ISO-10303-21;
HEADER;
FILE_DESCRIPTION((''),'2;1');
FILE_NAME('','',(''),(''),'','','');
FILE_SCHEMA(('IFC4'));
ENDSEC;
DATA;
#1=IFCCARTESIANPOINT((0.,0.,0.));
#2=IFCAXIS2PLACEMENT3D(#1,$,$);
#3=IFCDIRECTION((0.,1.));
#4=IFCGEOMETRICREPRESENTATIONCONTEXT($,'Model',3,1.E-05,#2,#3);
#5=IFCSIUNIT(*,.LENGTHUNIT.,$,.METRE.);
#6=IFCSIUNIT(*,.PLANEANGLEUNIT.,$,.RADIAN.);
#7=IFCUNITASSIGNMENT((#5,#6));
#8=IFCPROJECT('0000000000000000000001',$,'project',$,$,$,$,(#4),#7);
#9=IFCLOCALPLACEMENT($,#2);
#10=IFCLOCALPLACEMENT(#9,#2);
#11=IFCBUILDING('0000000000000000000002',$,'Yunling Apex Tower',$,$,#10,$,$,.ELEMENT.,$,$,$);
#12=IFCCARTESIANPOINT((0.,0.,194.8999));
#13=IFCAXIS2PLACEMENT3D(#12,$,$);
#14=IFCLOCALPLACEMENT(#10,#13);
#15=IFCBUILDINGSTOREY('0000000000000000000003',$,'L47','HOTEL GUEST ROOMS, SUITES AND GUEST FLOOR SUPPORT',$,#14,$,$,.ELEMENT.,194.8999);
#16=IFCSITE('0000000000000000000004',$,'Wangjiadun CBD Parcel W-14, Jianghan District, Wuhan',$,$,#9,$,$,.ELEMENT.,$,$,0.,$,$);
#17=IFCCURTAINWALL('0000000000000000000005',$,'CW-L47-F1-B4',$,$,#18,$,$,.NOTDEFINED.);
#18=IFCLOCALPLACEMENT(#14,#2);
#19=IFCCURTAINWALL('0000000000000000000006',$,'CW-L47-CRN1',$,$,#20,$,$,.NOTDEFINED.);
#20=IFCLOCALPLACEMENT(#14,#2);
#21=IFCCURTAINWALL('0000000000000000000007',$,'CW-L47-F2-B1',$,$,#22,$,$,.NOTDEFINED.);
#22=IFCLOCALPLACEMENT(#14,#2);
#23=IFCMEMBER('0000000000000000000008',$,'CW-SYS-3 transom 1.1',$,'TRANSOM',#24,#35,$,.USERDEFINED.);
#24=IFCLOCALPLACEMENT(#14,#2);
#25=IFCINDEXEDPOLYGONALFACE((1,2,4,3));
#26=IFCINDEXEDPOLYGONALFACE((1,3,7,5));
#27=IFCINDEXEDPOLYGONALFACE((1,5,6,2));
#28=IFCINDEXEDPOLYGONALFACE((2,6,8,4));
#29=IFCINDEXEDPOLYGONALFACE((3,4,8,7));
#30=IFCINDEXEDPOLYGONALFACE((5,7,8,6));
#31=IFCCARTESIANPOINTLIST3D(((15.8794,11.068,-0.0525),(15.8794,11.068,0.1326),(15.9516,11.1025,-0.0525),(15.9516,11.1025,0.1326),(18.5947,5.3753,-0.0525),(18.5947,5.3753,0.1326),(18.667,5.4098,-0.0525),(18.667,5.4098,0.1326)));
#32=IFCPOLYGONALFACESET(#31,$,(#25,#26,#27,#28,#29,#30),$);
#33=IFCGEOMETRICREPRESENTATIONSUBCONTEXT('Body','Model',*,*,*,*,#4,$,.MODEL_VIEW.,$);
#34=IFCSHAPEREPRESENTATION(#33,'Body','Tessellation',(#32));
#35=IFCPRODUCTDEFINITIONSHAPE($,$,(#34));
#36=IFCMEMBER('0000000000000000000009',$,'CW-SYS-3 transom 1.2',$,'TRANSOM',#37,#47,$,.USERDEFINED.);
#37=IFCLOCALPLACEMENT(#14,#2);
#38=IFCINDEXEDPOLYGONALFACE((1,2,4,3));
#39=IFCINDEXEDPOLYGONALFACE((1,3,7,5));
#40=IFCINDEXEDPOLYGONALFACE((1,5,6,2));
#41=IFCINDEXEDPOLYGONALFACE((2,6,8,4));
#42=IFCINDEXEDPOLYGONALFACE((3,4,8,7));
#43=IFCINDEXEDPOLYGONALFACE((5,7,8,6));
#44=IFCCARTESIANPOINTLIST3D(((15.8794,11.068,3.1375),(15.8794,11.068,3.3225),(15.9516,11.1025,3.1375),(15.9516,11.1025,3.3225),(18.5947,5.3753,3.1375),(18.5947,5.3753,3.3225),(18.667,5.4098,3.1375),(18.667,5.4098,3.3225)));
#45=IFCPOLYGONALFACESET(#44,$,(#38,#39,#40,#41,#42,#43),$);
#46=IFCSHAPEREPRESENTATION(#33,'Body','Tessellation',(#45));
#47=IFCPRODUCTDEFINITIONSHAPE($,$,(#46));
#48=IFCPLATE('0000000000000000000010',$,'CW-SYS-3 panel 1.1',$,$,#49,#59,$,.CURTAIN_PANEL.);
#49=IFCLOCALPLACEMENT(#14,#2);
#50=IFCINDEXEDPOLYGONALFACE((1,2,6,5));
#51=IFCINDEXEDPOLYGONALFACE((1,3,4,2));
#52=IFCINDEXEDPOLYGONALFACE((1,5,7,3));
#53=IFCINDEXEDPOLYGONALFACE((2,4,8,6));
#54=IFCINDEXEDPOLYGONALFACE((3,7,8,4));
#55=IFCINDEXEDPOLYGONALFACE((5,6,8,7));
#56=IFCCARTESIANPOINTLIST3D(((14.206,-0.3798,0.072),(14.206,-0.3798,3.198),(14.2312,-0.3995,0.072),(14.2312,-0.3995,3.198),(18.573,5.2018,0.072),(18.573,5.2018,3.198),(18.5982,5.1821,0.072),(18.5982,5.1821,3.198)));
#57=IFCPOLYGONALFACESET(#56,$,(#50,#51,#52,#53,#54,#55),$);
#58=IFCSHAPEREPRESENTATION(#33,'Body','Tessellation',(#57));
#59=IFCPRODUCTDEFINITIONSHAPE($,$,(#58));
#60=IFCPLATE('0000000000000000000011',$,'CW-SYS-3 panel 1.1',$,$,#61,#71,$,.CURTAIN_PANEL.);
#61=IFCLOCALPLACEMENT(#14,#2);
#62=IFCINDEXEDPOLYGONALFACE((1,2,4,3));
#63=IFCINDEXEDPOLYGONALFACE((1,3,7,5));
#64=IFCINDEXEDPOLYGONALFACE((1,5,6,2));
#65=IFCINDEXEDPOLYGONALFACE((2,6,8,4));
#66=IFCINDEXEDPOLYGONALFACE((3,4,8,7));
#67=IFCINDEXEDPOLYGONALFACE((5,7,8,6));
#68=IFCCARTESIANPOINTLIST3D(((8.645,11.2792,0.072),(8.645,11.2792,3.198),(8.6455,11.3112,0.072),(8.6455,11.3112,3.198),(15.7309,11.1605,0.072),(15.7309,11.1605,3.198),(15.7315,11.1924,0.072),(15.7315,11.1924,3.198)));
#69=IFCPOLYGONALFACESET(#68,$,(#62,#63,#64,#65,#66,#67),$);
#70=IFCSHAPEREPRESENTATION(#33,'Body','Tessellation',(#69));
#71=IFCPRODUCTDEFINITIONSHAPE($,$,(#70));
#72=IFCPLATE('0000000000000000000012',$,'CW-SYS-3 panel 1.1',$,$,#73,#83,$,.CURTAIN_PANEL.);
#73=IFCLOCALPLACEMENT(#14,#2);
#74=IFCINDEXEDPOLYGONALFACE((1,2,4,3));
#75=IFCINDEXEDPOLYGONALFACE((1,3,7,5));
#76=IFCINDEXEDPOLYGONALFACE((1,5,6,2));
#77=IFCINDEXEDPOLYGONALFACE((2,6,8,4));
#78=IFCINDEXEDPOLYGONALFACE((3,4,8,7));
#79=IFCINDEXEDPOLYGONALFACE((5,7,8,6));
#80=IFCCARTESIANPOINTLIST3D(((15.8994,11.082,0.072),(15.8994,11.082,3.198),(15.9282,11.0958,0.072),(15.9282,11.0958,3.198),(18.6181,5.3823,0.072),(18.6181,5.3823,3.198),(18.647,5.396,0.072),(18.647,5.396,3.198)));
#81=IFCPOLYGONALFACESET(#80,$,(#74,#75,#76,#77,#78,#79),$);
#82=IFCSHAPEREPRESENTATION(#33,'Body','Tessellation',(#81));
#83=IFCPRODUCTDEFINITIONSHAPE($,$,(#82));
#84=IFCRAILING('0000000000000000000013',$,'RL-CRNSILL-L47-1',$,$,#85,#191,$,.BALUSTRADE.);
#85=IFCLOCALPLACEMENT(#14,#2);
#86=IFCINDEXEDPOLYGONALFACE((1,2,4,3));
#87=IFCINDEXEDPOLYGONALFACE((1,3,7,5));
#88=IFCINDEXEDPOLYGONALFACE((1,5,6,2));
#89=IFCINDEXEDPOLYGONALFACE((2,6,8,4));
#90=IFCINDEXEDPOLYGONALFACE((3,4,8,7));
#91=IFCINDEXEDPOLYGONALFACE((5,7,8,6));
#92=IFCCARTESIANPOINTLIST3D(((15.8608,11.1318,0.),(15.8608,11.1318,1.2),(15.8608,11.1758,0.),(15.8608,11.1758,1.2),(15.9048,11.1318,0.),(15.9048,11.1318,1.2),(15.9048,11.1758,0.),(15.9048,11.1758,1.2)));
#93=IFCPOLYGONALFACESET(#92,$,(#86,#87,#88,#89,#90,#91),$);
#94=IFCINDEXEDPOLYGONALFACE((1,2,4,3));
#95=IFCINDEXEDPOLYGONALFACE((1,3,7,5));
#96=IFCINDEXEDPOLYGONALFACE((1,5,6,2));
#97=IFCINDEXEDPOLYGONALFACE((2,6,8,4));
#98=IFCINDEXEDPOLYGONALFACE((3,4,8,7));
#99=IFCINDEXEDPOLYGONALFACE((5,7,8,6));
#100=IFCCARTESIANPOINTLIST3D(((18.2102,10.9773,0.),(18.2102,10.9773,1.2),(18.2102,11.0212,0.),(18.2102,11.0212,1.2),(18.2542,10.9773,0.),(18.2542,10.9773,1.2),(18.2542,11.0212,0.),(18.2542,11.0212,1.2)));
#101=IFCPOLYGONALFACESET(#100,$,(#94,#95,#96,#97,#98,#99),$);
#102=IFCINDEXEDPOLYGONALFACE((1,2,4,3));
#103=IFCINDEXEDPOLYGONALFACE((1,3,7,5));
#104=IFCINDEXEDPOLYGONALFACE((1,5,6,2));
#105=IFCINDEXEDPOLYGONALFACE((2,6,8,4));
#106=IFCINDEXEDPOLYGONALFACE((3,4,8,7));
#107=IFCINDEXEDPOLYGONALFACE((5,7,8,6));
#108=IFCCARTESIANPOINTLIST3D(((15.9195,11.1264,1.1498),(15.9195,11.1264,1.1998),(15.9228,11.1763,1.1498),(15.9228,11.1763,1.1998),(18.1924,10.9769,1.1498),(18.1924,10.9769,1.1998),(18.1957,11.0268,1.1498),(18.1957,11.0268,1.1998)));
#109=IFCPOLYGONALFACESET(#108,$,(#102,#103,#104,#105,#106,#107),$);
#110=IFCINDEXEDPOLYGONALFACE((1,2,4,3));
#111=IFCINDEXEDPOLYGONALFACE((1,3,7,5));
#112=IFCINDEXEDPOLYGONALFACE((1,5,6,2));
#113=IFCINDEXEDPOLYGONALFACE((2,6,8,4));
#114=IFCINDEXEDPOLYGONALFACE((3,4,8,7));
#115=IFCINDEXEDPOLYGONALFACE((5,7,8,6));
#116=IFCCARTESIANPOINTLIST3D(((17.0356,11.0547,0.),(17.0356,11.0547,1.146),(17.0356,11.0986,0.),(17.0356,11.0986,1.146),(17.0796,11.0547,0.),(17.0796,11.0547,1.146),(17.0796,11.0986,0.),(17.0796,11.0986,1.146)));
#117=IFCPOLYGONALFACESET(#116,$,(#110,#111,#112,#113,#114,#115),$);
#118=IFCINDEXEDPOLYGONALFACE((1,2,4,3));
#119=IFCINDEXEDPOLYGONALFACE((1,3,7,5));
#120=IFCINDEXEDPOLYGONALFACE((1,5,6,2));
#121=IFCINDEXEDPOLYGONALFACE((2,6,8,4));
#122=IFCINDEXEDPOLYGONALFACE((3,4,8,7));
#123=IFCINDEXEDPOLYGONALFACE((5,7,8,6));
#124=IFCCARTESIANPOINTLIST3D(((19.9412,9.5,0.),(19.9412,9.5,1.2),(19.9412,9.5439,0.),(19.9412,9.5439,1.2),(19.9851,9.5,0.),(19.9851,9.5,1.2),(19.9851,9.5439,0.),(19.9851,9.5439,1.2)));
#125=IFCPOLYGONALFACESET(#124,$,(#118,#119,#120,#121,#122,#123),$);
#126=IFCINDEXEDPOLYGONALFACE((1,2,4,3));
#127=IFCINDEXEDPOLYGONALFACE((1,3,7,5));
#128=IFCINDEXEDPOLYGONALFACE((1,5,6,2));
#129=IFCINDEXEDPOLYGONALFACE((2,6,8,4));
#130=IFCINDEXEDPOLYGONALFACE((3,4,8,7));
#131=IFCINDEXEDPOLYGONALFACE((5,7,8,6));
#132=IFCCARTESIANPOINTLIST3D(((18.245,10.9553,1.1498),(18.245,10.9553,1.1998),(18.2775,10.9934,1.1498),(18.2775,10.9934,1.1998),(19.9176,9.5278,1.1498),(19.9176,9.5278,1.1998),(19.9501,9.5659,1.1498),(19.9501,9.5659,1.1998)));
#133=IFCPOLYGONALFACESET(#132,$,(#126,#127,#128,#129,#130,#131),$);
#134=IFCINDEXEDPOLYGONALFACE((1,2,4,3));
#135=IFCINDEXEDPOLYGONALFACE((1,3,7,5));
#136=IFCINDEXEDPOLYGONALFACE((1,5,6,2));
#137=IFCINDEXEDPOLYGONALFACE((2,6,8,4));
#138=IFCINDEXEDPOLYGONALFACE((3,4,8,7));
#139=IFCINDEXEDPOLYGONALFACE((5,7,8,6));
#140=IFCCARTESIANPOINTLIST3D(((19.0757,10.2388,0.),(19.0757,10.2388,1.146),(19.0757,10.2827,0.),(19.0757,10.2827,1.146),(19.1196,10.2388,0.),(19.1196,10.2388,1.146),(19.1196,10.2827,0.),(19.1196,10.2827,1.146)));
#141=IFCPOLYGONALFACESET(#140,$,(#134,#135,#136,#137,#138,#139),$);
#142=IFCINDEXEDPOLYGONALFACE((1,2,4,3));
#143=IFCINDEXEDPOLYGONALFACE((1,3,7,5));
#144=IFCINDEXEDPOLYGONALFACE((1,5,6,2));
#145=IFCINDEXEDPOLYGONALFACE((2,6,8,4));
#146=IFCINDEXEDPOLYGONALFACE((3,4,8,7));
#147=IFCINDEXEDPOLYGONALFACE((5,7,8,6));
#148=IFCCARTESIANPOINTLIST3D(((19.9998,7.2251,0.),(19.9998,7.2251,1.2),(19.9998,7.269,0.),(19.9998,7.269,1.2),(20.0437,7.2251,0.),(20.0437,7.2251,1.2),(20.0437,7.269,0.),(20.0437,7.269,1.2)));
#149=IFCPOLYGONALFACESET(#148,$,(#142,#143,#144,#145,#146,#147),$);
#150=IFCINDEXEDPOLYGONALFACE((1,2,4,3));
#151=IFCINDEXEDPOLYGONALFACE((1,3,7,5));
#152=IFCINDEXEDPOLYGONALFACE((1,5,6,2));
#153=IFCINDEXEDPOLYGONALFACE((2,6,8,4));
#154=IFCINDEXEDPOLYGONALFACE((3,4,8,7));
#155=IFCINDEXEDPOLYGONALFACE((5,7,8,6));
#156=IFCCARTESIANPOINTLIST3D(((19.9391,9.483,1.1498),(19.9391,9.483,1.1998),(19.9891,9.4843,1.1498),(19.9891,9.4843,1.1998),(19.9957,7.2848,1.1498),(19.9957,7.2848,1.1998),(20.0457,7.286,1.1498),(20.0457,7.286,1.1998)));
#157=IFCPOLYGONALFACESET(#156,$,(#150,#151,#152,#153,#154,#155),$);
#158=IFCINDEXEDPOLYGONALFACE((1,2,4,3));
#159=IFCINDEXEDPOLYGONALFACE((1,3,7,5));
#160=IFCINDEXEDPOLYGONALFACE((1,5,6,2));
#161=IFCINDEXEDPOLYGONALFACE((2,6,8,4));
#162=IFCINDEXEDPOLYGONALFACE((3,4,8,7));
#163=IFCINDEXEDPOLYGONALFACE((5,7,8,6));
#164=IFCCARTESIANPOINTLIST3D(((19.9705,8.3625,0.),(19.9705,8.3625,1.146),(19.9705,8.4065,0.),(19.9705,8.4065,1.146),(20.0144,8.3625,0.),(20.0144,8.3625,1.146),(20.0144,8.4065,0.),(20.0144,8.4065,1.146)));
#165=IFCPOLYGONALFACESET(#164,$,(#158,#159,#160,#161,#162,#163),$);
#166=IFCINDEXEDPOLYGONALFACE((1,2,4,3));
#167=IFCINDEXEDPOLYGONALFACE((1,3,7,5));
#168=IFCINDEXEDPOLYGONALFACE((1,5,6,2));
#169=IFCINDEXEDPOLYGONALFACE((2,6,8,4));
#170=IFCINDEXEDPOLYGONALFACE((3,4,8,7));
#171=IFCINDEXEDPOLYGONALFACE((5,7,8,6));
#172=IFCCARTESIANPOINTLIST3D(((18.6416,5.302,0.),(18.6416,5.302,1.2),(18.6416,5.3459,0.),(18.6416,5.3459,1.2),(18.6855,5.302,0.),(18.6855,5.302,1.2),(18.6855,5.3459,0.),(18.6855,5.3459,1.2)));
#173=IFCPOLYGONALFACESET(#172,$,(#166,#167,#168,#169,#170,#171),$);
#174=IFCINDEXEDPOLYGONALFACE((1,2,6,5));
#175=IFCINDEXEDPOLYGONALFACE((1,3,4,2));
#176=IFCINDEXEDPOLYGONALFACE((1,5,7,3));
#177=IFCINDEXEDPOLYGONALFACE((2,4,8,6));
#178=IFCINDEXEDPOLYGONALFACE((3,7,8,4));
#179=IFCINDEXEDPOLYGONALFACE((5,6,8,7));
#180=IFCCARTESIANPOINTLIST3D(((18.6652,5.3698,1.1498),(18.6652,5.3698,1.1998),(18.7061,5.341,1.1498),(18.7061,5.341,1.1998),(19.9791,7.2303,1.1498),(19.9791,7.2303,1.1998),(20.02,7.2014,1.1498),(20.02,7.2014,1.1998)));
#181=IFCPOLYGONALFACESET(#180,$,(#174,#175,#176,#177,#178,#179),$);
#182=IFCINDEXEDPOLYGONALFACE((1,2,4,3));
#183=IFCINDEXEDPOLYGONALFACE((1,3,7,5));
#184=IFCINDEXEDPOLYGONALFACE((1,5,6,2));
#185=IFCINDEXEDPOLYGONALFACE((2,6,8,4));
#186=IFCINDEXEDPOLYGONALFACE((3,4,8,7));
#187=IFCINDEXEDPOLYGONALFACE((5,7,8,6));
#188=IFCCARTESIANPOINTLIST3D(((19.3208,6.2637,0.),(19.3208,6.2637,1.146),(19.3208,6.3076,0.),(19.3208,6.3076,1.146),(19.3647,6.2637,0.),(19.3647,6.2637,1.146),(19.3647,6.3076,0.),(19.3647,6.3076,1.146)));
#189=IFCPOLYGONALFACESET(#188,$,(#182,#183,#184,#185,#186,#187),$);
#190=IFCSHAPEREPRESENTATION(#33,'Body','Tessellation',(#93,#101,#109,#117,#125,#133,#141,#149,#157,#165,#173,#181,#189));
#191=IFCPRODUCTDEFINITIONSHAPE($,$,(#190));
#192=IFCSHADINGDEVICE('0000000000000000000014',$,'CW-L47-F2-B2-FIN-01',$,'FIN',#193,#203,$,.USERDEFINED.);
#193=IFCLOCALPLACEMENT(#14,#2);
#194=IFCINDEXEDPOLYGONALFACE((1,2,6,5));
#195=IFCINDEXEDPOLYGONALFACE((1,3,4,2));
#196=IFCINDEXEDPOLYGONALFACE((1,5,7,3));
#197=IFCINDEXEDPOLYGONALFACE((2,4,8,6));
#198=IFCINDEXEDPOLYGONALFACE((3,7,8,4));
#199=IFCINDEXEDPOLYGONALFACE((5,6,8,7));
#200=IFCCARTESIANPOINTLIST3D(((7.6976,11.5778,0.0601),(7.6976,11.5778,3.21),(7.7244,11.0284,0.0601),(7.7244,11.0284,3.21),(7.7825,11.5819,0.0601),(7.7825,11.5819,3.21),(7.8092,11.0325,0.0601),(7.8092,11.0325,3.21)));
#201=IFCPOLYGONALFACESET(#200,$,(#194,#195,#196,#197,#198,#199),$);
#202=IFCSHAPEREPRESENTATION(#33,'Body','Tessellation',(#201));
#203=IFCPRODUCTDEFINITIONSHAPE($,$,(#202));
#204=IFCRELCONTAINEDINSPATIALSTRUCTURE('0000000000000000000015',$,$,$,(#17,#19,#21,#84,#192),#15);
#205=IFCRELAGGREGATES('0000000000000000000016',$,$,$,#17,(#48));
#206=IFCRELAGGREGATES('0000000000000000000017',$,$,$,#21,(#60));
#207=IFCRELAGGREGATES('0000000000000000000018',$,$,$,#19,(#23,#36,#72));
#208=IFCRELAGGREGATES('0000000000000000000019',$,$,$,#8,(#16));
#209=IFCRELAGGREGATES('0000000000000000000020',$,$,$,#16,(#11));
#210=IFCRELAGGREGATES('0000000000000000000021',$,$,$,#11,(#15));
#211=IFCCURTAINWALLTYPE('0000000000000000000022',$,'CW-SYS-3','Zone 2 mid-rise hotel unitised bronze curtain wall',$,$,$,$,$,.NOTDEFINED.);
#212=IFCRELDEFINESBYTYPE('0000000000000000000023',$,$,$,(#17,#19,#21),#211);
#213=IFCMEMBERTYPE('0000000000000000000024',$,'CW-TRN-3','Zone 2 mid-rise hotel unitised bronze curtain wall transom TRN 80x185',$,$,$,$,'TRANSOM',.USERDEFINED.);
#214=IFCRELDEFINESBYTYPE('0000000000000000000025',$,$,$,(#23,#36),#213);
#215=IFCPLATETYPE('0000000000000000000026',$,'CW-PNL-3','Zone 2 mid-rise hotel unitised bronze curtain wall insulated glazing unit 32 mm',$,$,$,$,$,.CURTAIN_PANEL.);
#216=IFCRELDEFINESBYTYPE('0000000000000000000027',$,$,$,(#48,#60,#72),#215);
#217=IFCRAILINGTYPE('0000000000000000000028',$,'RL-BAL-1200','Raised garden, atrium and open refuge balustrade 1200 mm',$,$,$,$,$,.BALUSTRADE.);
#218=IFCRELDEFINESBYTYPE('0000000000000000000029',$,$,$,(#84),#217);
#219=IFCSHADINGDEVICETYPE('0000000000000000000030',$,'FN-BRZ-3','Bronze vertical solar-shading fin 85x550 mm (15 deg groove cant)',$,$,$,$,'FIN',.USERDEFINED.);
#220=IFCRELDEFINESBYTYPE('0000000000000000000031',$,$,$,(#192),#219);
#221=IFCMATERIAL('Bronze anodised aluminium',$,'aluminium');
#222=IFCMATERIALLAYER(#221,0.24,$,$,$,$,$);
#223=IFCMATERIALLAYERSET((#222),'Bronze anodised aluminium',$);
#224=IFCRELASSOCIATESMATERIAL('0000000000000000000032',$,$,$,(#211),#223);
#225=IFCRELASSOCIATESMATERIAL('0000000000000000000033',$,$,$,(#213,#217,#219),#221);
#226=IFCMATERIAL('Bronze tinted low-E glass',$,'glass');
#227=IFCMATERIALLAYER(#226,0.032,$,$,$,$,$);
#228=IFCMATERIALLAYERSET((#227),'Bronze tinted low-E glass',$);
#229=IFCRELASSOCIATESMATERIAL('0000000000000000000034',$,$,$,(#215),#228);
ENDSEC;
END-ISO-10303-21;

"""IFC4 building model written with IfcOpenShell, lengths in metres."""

from ifc_helpers import new_model, si_unit, direction, frame, origin, origin_2d, place, context, subcontext, project, spatial, rectangle, extrude, source, transform, mapped, material, layer, layer_set, material_profile, profile_set, type_object, element, aggregate, save


model = new_model("IFC4")

# Units and contexts
model_context = context("Model", 3, precision=1e-05, world=origin(), true_north=direction((0.0, 1.0)))
body_context = subcontext(model_context, "Body", "Model", "MODEL_VIEW")
ifc_project = project(units=[si_unit("LENGTHUNIT", "METRE"), si_unit("PLANEANGLEUNIT", "RADIAN")], contexts=[model_context])

# Site, building, storey
site_placement = place(None, origin())
site = spatial("IfcSite", under=ifc_project, at=site_placement, Name="Wangjiadun CBD Parcel W-14, Jianghan District, Wuhan", CompositionType="ELEMENT", RefElevation=0.0)
building_placement = place(site_placement, origin())
building = spatial("IfcBuilding", under=site, at=building_placement, Name="Yunling Apex Tower", CompositionType="ELEMENT")
storey_placement = place(building_placement, frame((0.0, 0.0, 194.8999)))
storey = spatial("IfcBuildingStorey", under=building, at=storey_placement, Name="L47", Description="HOTEL GUEST ROOMS, SUITES AND GUEST FLOOR SUPPORT", CompositionType="ELEMENT", Elevation=194.8999)

# Shared definitions
ifc_material_1 = material(Name="Bronze anodised aluminium", Category="aluminium")
ifc_layer_1 = layer(ifc_material_1, 0.24)
ifc_layer_set_1 = layer_set([ifc_layer_1], Name="Bronze anodised aluminium")
curtain_wall_type = type_object("IfcCurtainWallType", Name="CW-SYS-3", Description="Zone 2 mid-rise hotel unitised bronze curtain wall", PredefinedType="NOTDEFINED", material=ifc_layer_set_1)

# Curtain walls
curtain_wall_1_placement = place(storey_placement, origin())
curtain_wall_1 = element("IfcCurtainWall", 1, at=curtain_wall_1_placement, inside=storey, type_object=curtain_wall_type, Name="CW-L47-F1-B4", PredefinedType="NOTDEFINED")
curtain_wall_2_placement = place(storey_placement, origin())
curtain_wall_2 = element("IfcCurtainWall", 2, at=curtain_wall_2_placement, inside=storey, type_object=curtain_wall_type, Name="CW-L47-CRN1", PredefinedType="NOTDEFINED")
curtain_wall_3_placement = place(storey_placement, origin())
curtain_wall_3 = element("IfcCurtainWall", 3, at=curtain_wall_3_placement, inside=storey, type_object=curtain_wall_type, Name="CW-L47-F2-B1", PredefinedType="NOTDEFINED")
ifc_material_profile_1 = material_profile(ifc_material_1, rectangle(XDim=0.0801, YDim=0.1851, at=origin_2d()))
ifc_profile_set_1 = profile_set([ifc_material_profile_1], Name="Bronze anodised aluminium")
member_type_1 = type_object("IfcMemberType", Name="CW-TRN-3", Description="Zone 2 mid-rise hotel unitised bronze curtain wall transom TRN 80x185", ElementType="TRANSOM", PredefinedType="USERDEFINED", material=ifc_profile_set_1)

# Members
shared_shape_1 = source(origin(), body_context, "Body", "SweptSolid", [
    extrude(rectangle(XDim=0.0801, YDim=0.1851, at=origin_2d()), origin(), (0.0, 0.0, 1.0), 6.3071),
])
member_1_placement = place(storey_placement, frame((18.6309, 5.3926, 0.04), z_axis=(-0.430522, 0.90258, 0.0), x_axis=(-0.90258, -0.430522, 0.0)))
member_1 = element("IfcMember", 4, at=member_1_placement, type_object=member_type_1, Name="CW-SYS-3 transom 1.1", ObjectType="TRANSOM", PredefinedType="USERDEFINED", context=body_context, shape_type="MappedRepresentation", body=[
    mapped(shared_shape_1, transform((0.0, 0.0, 0.0), scale=1.0)),
])
member_2_placement = place(storey_placement, frame((18.6309, 5.3926, 3.23), z_axis=(-0.430522, 0.90258, 0.0), x_axis=(-0.90258, -0.430522, 0.0)))
member_2 = element("IfcMember", 5, at=member_2_placement, type_object=member_type_1, Name="CW-SYS-3 transom 1.2", ObjectType="TRANSOM", PredefinedType="USERDEFINED", context=body_context, shape_type="MappedRepresentation", body=[
    mapped(shared_shape_1, transform((0.0, 0.0, 0.0), scale=1.0)),
])

# Plates
ifc_material_2 = material(Name="Bronze tinted low-E glass", Category="glass")
ifc_layer_2 = layer(ifc_material_2, 0.032)
ifc_layer_set_2 = layer_set([ifc_layer_2], Name="Bronze tinted low-E glass")
plate_type = type_object("IfcPlateType", Name="CW-PNL-3", Description="Zone 2 mid-rise hotel unitised bronze curtain wall insulated glazing unit 32 mm", PredefinedType="CURTAIN_PANEL", material=ifc_layer_set_2)
shared_shape_2 = source(origin(), body_context, "Body", "SweptSolid", [
    extrude(rectangle(XDim=7.0869, YDim=0.032, at=origin_2d()), origin(), (0.0, 0.0, 1.0), 3.126),
])
plate_1_placement = place(storey_placement, frame((16.4021, 2.4011, 0.072), z_axis=(0.0, 0.0, 1.0), x_axis=(0.6162, 0.787589, 0.0)))
plate_1 = element("IfcPlate", 6, at=plate_1_placement, type_object=plate_type, Name="CW-SYS-3 panel 1.1", PredefinedType="CURTAIN_PANEL", context=body_context, shape_type="MappedRepresentation", body=[
    mapped(shared_shape_2, transform((0.0, 0.0, 0.0), scale=1.0)),
])
aggregate(curtain_wall_1, [plate_1])
plate_2_placement = place(storey_placement, frame((12.1882, 11.2358, 0.072), z_axis=(0.0, 0.0, 1.0), x_axis=(-0.99986, 0.016761, 0.0)))
plate_2 = element("IfcPlate", 7, at=plate_2_placement, type_object=plate_type, Name="CW-SYS-3 panel 1.1", PredefinedType="CURTAIN_PANEL", context=body_context, shape_type="MappedRepresentation", body=[
    mapped(shared_shape_2, transform((0.0, 0.0, 0.0), scale=1.0)),
])
aggregate(curtain_wall_3, [plate_2])
shared_shape_3 = source(origin(), body_context, "Body", "SweptSolid", [
    extrude(rectangle(XDim=6.3149, YDim=0.032, at=origin_2d()), origin(), (0.0, 0.0, 1.0), 3.126),
])
plate_3_placement = place(storey_placement, frame((17.2732, 8.239, 0.072), z_axis=(0.0, 0.0, 1.0), x_axis=(-0.430527, 0.902578, 0.0)))
plate_3 = element("IfcPlate", 8, at=plate_3_placement, type_object=plate_type, Name="CW-SYS-3 panel 1.1", PredefinedType="CURTAIN_PANEL", context=body_context, shape_type="MappedRepresentation", body=[
    mapped(shared_shape_3, transform((0.0, 0.0, 0.0), scale=1.0)),
])
aggregate(curtain_wall_2, [member_1, member_2, plate_3])

# Railing
railing_type = type_object("IfcRailingType", Name="RL-BAL-1200", Description="Raised garden, atrium and open refuge balustrade 1200 mm", PredefinedType="BALUSTRADE", material=ifc_material_1)
railing_placement = place(storey_placement, frame((15.8828, 11.1538, 0.0)))
element("IfcRailing", 9, at=railing_placement, inside=storey, type_object=railing_type, Name="RL-CRNSILL-L47-1", PredefinedType="BALUSTRADE", context=body_context, shape_type="SweptSolid", body=[
    extrude(rectangle(XDim=0.0439, YDim=0.0439, at=origin_2d()), origin(), (0.0, 0.0, 1.0), 1.2),
    extrude(rectangle(XDim=0.0439, YDim=0.0439, at=origin_2d()), frame((2.3494, -0.1545, 0.0)), (0.0, 0.0, 1.0), 1.2),
    extrude(rectangle(XDim=0.05, YDim=0.05, at=origin_2d()), frame((0.0383, -0.0024, 1.1748), z_axis=(0.997843, -0.065638, 0.0), x_axis=(0.065638, 0.997843, 0.0)), (0.0, 0.0, 1.0), 2.2778),
    extrude(rectangle(XDim=0.0439, YDim=0.0439, at=origin_2d()), frame((1.1748, -0.0771, 0.0)), (0.0, 0.0, 1.0), 1.146),
    extrude(rectangle(XDim=0.0439, YDim=0.0439, at=origin_2d()), frame((4.0803, -1.6318, 0.0)), (0.0, 0.0, 1.0), 1.2),
    extrude(rectangle(XDim=0.05, YDim=0.05, at=origin_2d()), frame((2.3784, -0.1794, 1.1748), z_axis=(0.760641, -0.649173, 0.0), x_axis=(0.649173, 0.760641, 0.0)), (0.0, 0.0, 1.0), 2.199),
    extrude(rectangle(XDim=0.0439, YDim=0.0439, at=origin_2d()), frame((3.2148, -0.8931, 0.0)), (0.0, 0.0, 1.0), 1.146),
    extrude(rectangle(XDim=0.0439, YDim=0.0439, at=origin_2d()), frame((4.1389, -3.9067, 0.0)), (0.0, 0.0, 1.0), 1.2),
    extrude(rectangle(XDim=0.05, YDim=0.05, at=origin_2d()), frame((4.0813, -1.6702, 1.1748), z_axis=(0.025748, -0.999668, 0.0), x_axis=(0.999668, 0.025748, 0.0)), (0.0, 0.0, 1.0), 2.199),
    extrude(rectangle(XDim=0.0439, YDim=0.0439, at=origin_2d()), frame((4.1096, -2.7693, 0.0)), (0.0, 0.0, 1.0), 1.146),
    extrude(rectangle(XDim=0.0439, YDim=0.0439, at=origin_2d()), frame((2.7808, -5.8298, 0.0)), (0.0, 0.0, 1.0), 1.2),
    extrude(rectangle(XDim=0.05, YDim=0.05, at=origin_2d()), frame((4.1167, -3.938, 1.1748), z_axis=(-0.576875, -0.816833, 0.0), x_axis=(0.816833, -0.576875, 0.0)), (0.0, 0.0, 1.0), 2.2776),
    extrude(rectangle(XDim=0.0439, YDim=0.0439, at=origin_2d()), frame((3.46, -4.8682, 0.0)), (0.0, 0.0, 1.0), 1.146),
])

# Shading device
ifc_material_profile_2 = material_profile(ifc_material_1, rectangle(XDim=0.085, YDim=0.55, at=origin_2d()))
ifc_profile_set_2 = profile_set([ifc_material_profile_2], Name="Bronze anodised aluminium")
shading_device_type = type_object("IfcShadingDeviceType", Name="FN-BRZ-3", Description="Bronze vertical solar-shading fin 85x550 mm (15 deg groove cant)", ElementType="FIN", PredefinedType="USERDEFINED", material=ifc_profile_set_2)
shared_shape_4 = source(origin(), body_context, "Body", "SweptSolid", [
    extrude(rectangle(XDim=0.085, YDim=0.55, at=origin_2d()), origin(), (0.0, 0.0, 1.0), 3.1499),
])
shading_device_placement = place(storey_placement, frame((7.7534, 11.3052, 0.0601), z_axis=(0.0, 0.0, 1.0), x_axis=(-0.998815, -0.048675, 0.0)))
element("IfcShadingDevice", 10, at=shading_device_placement, inside=storey, type_object=shading_device_type, Name="CW-L47-F2-B2-FIN-01", ObjectType="FIN", PredefinedType="USERDEFINED", context=body_context, shape_type="MappedRepresentation", body=[
    mapped(shared_shape_4, transform((0.0, 0.0, 0.0), scale=1.0)),
])

save(model, "model.ifc")
